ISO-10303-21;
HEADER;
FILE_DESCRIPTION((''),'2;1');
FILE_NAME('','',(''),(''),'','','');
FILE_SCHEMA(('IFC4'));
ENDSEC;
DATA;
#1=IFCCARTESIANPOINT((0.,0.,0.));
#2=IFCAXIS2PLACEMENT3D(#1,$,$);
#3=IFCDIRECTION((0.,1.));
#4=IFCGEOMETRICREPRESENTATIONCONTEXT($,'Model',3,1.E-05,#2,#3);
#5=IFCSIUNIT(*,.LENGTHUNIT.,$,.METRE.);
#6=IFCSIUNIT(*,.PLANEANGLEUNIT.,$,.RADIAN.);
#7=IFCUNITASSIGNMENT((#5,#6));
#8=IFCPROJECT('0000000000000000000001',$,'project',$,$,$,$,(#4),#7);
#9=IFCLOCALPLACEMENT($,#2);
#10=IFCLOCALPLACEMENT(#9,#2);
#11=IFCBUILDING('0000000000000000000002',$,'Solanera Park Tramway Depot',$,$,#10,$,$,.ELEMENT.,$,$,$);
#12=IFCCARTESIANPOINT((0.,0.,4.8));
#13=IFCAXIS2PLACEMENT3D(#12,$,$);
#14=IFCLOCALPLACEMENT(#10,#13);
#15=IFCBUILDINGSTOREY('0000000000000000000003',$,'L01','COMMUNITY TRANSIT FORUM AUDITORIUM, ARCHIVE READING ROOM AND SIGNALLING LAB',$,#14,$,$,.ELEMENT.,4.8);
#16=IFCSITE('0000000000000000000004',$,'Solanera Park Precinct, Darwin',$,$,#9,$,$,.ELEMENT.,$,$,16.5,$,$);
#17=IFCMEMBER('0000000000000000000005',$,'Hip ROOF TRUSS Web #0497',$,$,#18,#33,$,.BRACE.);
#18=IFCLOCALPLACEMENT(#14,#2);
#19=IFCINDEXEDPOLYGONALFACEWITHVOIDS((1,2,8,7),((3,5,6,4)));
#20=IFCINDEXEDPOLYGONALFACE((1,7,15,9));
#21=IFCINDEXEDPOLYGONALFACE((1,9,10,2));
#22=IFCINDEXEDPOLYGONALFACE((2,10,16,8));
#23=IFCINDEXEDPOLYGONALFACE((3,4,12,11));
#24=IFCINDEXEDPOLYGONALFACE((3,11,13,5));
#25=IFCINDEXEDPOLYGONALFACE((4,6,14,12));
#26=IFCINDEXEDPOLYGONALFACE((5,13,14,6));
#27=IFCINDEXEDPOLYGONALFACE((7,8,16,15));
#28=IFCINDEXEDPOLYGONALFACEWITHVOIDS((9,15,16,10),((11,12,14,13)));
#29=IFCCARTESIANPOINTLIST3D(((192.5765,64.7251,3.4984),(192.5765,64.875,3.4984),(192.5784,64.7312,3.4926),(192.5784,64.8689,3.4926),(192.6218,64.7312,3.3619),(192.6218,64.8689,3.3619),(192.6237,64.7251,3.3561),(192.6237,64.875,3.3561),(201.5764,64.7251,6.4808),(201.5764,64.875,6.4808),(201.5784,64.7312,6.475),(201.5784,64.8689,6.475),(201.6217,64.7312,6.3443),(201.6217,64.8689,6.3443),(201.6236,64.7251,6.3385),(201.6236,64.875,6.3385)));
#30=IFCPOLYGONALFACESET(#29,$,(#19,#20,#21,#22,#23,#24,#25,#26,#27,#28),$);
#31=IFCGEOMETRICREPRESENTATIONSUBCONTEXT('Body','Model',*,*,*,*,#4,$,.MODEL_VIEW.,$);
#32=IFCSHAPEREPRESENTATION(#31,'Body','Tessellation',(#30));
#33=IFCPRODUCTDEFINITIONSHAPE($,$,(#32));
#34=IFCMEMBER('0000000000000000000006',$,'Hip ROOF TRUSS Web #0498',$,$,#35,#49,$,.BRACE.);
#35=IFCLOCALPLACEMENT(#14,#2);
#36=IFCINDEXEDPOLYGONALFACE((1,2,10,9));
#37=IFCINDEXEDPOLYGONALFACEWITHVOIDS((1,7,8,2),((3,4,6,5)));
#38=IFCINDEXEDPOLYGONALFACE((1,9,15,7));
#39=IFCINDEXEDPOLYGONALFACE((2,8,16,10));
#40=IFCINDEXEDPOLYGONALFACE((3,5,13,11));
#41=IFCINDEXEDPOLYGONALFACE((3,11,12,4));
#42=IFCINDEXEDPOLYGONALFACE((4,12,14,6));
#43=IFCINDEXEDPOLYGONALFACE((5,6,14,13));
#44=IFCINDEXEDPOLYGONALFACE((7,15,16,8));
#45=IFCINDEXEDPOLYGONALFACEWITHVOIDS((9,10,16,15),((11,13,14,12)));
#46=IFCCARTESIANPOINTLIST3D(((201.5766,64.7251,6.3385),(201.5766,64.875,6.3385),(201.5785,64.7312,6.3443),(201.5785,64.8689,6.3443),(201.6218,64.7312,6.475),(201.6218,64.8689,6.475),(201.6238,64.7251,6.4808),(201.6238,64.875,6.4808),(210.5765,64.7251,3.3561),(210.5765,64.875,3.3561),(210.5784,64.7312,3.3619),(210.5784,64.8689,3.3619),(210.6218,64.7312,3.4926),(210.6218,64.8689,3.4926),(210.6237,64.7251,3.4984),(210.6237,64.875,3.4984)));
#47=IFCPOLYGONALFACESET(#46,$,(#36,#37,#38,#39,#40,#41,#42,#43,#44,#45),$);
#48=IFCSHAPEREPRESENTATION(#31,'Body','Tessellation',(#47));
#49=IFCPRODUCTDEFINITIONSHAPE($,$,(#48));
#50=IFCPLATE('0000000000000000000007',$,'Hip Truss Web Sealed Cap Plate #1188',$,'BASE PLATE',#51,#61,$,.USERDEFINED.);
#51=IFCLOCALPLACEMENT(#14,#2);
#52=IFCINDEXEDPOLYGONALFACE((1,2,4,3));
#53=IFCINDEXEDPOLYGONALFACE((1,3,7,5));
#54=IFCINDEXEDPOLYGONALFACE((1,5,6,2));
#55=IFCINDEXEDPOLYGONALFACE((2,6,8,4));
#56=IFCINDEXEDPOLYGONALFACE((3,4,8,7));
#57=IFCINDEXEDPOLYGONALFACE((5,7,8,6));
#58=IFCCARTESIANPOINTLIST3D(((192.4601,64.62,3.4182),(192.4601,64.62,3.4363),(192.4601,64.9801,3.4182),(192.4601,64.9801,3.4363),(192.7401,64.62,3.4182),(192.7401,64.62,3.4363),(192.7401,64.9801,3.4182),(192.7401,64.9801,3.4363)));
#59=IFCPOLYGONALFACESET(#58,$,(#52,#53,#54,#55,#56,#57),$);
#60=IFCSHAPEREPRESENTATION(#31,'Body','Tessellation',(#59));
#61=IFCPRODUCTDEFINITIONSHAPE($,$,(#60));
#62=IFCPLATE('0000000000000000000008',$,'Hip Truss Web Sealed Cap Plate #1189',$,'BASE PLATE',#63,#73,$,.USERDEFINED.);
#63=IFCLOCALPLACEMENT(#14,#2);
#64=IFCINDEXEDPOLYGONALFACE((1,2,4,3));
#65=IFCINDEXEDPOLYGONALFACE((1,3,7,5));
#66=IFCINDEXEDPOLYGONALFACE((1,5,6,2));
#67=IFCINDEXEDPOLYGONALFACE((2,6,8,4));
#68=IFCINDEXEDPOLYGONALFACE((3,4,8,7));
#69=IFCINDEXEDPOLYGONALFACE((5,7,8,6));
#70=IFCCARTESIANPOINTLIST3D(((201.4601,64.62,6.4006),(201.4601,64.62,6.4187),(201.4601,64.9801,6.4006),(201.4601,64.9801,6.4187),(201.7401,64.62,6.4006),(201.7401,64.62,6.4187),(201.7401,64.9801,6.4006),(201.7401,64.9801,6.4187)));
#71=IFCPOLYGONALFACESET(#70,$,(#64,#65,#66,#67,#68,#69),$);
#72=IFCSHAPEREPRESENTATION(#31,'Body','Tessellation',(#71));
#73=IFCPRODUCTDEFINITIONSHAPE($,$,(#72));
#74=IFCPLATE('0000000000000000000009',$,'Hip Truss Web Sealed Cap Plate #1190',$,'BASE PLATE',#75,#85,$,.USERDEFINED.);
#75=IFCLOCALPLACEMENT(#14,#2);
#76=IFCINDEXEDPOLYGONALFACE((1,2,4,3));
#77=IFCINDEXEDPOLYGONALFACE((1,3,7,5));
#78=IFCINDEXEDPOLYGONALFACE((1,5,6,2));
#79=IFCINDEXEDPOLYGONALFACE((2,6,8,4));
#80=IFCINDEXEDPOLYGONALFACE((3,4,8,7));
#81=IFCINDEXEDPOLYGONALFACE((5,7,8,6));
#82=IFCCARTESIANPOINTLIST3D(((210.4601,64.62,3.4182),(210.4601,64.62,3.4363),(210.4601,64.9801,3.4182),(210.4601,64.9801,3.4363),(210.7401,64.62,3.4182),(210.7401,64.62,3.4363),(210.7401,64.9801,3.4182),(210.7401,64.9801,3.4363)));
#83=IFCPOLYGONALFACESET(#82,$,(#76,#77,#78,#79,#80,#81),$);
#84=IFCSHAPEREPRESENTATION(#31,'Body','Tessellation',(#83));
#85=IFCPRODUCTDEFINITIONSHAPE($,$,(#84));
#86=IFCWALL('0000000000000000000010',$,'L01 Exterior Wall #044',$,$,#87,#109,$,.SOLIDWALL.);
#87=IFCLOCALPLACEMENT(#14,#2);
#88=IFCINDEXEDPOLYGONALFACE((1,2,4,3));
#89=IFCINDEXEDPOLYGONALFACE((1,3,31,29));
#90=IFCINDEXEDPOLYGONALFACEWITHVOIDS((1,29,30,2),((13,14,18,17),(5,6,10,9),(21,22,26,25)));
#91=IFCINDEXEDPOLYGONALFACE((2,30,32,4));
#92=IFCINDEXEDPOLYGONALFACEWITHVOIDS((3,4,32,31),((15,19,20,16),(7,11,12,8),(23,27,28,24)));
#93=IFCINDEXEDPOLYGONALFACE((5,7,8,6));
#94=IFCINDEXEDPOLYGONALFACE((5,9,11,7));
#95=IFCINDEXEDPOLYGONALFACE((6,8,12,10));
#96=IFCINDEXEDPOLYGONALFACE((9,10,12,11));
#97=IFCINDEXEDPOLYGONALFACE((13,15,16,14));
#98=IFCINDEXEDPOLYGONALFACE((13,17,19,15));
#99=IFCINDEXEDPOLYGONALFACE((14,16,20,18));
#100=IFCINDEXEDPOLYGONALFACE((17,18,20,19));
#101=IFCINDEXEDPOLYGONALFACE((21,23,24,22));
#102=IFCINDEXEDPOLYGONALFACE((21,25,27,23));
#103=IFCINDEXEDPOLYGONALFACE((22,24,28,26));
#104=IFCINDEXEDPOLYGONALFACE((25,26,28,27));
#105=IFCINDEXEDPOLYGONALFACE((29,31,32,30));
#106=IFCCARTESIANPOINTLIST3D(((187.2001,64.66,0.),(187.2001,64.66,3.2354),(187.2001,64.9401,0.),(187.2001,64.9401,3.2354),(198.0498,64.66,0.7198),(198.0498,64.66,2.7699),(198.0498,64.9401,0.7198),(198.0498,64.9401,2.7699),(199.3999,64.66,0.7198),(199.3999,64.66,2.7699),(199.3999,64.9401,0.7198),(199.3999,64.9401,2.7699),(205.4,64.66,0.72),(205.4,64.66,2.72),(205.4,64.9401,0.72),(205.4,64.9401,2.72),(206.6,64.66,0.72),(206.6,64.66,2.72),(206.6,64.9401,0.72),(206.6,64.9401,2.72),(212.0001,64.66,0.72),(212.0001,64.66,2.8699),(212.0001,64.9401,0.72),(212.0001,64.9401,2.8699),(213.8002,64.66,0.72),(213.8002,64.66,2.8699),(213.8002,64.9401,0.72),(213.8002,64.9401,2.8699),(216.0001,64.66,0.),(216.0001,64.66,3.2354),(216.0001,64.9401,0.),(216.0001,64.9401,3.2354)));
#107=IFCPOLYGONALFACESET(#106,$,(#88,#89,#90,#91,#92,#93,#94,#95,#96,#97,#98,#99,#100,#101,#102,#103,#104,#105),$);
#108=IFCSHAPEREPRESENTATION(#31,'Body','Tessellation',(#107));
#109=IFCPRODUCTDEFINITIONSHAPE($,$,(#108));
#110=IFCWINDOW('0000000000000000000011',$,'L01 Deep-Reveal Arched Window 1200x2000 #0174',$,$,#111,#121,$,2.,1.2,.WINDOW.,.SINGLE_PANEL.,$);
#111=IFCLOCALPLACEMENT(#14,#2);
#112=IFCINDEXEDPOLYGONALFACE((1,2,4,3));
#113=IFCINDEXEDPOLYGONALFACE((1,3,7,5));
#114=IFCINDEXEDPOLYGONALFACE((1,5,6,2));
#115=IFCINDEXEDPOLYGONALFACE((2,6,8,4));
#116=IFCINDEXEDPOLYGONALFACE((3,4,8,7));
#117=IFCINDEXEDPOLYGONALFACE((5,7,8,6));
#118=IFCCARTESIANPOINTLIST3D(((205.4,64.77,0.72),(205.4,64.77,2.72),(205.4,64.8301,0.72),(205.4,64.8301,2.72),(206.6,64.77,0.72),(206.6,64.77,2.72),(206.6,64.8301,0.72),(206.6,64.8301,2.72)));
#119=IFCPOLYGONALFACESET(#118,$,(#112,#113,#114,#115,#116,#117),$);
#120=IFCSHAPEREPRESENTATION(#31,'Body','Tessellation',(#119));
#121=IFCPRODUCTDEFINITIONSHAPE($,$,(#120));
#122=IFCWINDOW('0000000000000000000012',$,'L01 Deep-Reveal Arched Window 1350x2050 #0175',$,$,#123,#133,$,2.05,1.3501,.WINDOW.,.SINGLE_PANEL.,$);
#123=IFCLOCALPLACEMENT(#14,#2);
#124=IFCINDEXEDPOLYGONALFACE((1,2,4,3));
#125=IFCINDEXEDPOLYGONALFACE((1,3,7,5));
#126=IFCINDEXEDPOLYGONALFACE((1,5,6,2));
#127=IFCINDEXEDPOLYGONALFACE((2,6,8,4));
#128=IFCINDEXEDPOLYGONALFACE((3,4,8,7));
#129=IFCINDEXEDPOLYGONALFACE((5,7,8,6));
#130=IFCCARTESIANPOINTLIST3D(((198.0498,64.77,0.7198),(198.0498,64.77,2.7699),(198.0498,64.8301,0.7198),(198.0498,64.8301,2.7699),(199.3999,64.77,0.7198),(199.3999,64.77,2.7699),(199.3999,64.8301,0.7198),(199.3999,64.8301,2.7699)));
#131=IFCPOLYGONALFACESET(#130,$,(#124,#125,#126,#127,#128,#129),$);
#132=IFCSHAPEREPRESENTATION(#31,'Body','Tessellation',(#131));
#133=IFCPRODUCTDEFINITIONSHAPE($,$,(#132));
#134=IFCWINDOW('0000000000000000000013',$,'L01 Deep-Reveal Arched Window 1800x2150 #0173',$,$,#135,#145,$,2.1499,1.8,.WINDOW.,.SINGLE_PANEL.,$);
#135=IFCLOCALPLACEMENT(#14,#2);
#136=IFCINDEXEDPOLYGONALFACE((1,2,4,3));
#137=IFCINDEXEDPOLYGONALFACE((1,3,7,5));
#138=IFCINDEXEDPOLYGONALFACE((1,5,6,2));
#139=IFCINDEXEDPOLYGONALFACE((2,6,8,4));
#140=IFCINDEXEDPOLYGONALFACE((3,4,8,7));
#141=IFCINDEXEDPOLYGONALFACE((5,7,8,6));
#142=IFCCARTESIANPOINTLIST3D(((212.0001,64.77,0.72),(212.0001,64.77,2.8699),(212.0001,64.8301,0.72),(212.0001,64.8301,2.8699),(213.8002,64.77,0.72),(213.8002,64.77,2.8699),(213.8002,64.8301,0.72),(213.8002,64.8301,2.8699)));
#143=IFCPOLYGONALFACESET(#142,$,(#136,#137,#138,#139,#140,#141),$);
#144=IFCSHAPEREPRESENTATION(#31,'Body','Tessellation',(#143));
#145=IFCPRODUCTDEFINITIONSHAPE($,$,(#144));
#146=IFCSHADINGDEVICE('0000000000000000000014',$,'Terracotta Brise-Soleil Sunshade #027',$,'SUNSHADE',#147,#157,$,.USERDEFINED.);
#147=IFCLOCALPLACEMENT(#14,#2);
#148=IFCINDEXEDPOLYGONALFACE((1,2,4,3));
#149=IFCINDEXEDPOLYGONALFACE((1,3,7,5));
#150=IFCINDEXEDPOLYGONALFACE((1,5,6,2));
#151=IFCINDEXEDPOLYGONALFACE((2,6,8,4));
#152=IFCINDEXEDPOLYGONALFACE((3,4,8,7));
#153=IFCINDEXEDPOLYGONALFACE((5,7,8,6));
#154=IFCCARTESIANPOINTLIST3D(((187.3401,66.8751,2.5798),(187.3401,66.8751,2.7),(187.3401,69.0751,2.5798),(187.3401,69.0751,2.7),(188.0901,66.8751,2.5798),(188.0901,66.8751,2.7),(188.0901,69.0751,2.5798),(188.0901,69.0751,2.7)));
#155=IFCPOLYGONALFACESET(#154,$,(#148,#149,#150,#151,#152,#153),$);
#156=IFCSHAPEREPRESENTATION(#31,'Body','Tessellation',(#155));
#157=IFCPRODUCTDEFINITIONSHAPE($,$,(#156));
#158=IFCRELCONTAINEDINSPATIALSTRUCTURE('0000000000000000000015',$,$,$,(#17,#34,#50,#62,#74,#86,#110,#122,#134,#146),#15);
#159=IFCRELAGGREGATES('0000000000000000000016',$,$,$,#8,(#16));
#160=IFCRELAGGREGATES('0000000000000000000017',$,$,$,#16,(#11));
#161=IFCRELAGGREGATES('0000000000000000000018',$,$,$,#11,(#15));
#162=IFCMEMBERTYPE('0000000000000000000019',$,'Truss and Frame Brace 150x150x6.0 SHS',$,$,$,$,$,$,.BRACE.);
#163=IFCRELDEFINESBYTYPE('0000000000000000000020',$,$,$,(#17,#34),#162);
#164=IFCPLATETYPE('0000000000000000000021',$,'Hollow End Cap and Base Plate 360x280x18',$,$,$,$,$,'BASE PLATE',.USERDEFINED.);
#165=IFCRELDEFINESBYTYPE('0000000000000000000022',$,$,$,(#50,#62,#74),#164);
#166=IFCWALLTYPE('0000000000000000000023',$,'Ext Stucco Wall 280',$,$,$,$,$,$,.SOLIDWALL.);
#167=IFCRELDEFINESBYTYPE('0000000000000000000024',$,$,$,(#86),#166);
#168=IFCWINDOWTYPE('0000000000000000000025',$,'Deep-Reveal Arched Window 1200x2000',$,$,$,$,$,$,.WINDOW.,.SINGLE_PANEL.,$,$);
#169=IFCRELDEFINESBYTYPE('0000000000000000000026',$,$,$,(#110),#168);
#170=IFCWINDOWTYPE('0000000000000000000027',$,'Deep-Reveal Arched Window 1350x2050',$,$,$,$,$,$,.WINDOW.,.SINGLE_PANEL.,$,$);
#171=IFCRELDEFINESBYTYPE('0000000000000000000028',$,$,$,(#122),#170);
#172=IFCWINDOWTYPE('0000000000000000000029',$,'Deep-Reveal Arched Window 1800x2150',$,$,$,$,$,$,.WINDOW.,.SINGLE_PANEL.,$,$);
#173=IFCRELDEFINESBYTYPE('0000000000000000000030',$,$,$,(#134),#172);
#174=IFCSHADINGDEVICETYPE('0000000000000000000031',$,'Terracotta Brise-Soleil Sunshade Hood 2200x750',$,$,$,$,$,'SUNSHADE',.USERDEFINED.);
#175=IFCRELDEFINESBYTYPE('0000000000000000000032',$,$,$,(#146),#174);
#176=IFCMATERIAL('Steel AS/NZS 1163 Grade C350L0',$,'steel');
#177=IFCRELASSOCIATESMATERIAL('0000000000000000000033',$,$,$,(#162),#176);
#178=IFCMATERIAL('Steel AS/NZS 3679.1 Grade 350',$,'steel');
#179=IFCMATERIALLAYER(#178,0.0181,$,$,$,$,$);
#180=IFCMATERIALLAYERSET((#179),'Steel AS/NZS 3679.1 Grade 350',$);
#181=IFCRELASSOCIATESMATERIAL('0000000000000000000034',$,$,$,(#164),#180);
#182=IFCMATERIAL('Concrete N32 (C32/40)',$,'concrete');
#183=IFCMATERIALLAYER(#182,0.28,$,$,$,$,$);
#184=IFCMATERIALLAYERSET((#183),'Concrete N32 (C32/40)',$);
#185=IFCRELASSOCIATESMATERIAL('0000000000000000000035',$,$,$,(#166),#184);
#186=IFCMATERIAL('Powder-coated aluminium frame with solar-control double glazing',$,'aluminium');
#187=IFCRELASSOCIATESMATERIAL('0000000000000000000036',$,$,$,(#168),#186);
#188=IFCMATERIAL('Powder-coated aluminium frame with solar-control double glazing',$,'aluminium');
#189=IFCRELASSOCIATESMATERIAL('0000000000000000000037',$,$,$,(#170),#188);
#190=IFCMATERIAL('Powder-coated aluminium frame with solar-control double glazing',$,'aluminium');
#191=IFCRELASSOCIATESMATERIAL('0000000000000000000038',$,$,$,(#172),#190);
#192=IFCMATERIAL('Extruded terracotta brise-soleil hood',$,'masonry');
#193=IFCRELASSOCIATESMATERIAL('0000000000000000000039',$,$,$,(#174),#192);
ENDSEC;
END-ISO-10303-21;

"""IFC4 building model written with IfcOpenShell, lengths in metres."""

from ifc_helpers import new_model, si_unit, direction, frame, frame_2d, origin, origin_2d, place, context, subcontext, project, spatial, rectangle, hollow_rectangle, extrude, material, layer, layer_set, material_profile, profile_set, type_object, element, fill, save


model = new_model("IFC4")

# Units and contexts
model_context = context("Model", 3, precision=1e-05, world=origin(), true_north=direction((0.0, 1.0)))
body_context = subcontext(model_context, "Body", "Model", "MODEL_VIEW")
ifc_project = project(units=[si_unit("LENGTHUNIT", "METRE"), si_unit("PLANEANGLEUNIT", "RADIAN")], contexts=[model_context])

# Site, building, storey
site_placement = place(None, origin())
site = spatial("IfcSite", under=ifc_project, at=site_placement, Name="Solanera Park Precinct, Darwin", CompositionType="ELEMENT", RefElevation=16.5)
building_placement = place(site_placement, origin())
building = spatial("IfcBuilding", under=site, at=building_placement, Name="Solanera Park Tramway Depot", CompositionType="ELEMENT")
storey_placement = place(building_placement, frame((0.0, 0.0, 4.8)))
storey = spatial("IfcBuildingStorey", under=building, at=storey_placement, Name="L01", Description="COMMUNITY TRANSIT FORUM AUDITORIUM, ARCHIVE READING ROOM AND SIGNALLING LAB", CompositionType="ELEMENT", Elevation=4.8)

# Members
ifc_material_1 = material(Name="Steel AS/NZS 1163 Grade C350L0", Category="steel")
ifc_material_profile_1 = material_profile(ifc_material_1, hollow_rectangle(XDim=0.1499, YDim=0.1499, WallThickness=0.0061, at=origin_2d()), Name="150x150x6.0 SHS")
ifc_profile_set_1 = profile_set([ifc_material_profile_1], Name="Steel AS/NZS 1163 Grade C350L0")
member_type_1 = type_object("IfcMemberType", Name="Truss and Frame Brace 150x150x6.0 SHS", PredefinedType="BRACE", material=ifc_profile_set_1)
for number, where, z_axis, x_axis, name in (
    (1, (192.6001, 64.8, 3.4272), (0.949238, 0.0, 0.314559), (0.0, 1.0, 0.0), "Hip ROOF TRUSS Web #0497"),
    (2, (210.6001, 64.8, 3.4272), (-0.949238, 0.0, 0.314559), (0.0, -1.0, 0.0), "Hip ROOF TRUSS Web #0498"),
):
    element("IfcMember", number, at=place(storey_placement, frame(where, z_axis=z_axis, x_axis=x_axis)), inside=storey, type_object=member_type_1, Name=name, PredefinedType="BRACE", context=body_context, shape_type="SweptSolid", body=[
        extrude(hollow_rectangle(XDim=0.1499, YDim=0.1499, WallThickness=0.0061, at=origin_2d()), origin(), (0.0, 0.0, 1.0), 9.4812),
    ])

# Plates
ifc_material_2 = material(Name="Steel AS/NZS 3679.1 Grade 350", Category="steel")
ifc_layer_1 = layer(ifc_material_2, 0.0181)
ifc_layer_set_1 = layer_set([ifc_layer_1], Name="Steel AS/NZS 3679.1 Grade 350")
plate_type = type_object("IfcPlateType", Name="Hollow End Cap and Base Plate 360x280x18", ElementType="BASE PLATE", PredefinedType="USERDEFINED", material=ifc_layer_set_1)
for number, where, z_axis, x_axis, name in (
    (3, (192.6001, 64.8, 3.4182), (0.0, 0.0, 1.0), (1.0, 0.0, 0.0), "Hip Truss Web Sealed Cap Plate #1188"),
    (4, (201.6001, 64.8, 6.4006), (0.0, 0.0, 1.0), (1.0, 0.0, 0.0), "Hip Truss Web Sealed Cap Plate #1189"),
    (5, (210.6001, 64.8, 3.4182), (0.0, 0.0, 1.0), (1.0, 0.0, 0.0), "Hip Truss Web Sealed Cap Plate #1190"),
):
    element("IfcPlate", number, at=place(storey_placement, frame(where, z_axis=z_axis, x_axis=x_axis)), inside=storey, type_object=plate_type, Name=name, ObjectType="BASE PLATE", PredefinedType="USERDEFINED", context=body_context, shape_type="SweptSolid", body=[
        extrude(rectangle(XDim=0.28, YDim=0.3601, at=origin_2d()), origin(), (0.0, 0.0, 1.0), 0.0181),
    ])

# Wall, openings, windows
ifc_material_3 = material(Name="Concrete N32 (C32/40)", Category="concrete")
ifc_layer_2 = layer(ifc_material_3, 0.28)
ifc_layer_set_2 = layer_set([ifc_layer_2], Name="Concrete N32 (C32/40)")
wall_type = type_object("IfcWallType", Name="Ext Stucco Wall 280", PredefinedType="SOLIDWALL", material=ifc_layer_set_2)
wall_placement = place(storey_placement, frame((216.0, 64.8, 0.0), z_axis=(0.0, 0.0, 1.0), x_axis=(-1.0, 0.0, 0.0)))
wall = element("IfcWall", 6, at=wall_placement, inside=storey, type_object=wall_type, Name="L01 Exterior Wall #044", PredefinedType="SOLIDWALL", context=body_context, shape_type="SweptSolid", body=[
    extrude(rectangle(XDim=28.8, YDim=0.28, at=frame_2d((14.3999, 0.0))), origin(), (0.0, 0.0, 1.0), 3.2354),
])
opening_1_placement = place(wall_placement, frame((2.2, 0.0, 0.72)))
opening_1 = element("IfcOpeningElement", 7, at=opening_1_placement, cuts=wall, PredefinedType="OPENING", context=body_context, shape_type="SweptSolid", body=[
    extrude(rectangle(XDim=1.8, YDim=2.1499, at=frame_2d((0.8999, 1.075))), frame((0.0, 0.1499, 0.0), z_axis=(0.0, -1.0, 0.0), x_axis=(1.0, 0.0, 0.0)), (0.0, 0.0, 1.0), 0.3),
])
opening_2_placement = place(wall_placement, frame((9.3999, 0.0, 0.72)))
opening_2 = element("IfcOpeningElement", 8, at=opening_2_placement, cuts=wall, PredefinedType="OPENING", context=body_context, shape_type="SweptSolid", body=[
    extrude(rectangle(XDim=1.2, YDim=2.0, at=frame_2d((0.6001, 1.0))), frame((0.0, 0.1499, 0.0), z_axis=(0.0, -1.0, 0.0), x_axis=(1.0, 0.0, 0.0)), (0.0, 0.0, 1.0), 0.3),
])
opening_3_placement = place(wall_placement, frame((16.6001, 0.0, 0.72)))
opening_3 = element("IfcOpeningElement", 9, at=opening_3_placement, cuts=wall, PredefinedType="OPENING", context=body_context, shape_type="SweptSolid", body=[
    extrude(rectangle(XDim=1.3501, YDim=2.05, at=frame_2d((0.675, 1.0249))), frame((0.0, 0.1499, 0.0), z_axis=(0.0, -1.0, 0.0), x_axis=(1.0, 0.0, 0.0)), (0.0, 0.0, 1.0), 0.3),
])
ifc_material_4 = material(Name="Powder-coated aluminium frame with solar-control double glazing", Category="aluminium")
window_type_1 = type_object("IfcWindowType", Name="Deep-Reveal Arched Window 1200x2000", PartitioningType="SINGLE_PANEL", PredefinedType="WINDOW", material=ifc_material_4)
window_1_placement = place(opening_2_placement, origin())
window_1 = element("IfcWindow", 10, at=window_1_placement, inside=storey, type_object=window_type_1, Name="L01 Deep-Reveal Arched Window 1200x2000 #0174", OverallHeight=2.0, OverallWidth=1.2, PartitioningType="SINGLE_PANEL", PredefinedType="WINDOW", context=body_context, shape_type="SweptSolid", body=[
    extrude(rectangle(XDim=1.2, YDim=2.0, at=frame_2d((0.6001, 1.0))), frame((0.0, 0.03, 0.0), z_axis=(0.0, -1.0, 0.0), x_axis=(1.0, 0.0, 0.0)), (0.0, 0.0, 1.0), 0.0601),
])
fill(opening_2, window_1)
ifc_material_5 = material(Name="Powder-coated aluminium frame with solar-control double glazing", Category="aluminium")
window_type_2 = type_object("IfcWindowType", Name="Deep-Reveal Arched Window 1350x2050", PartitioningType="SINGLE_PANEL", PredefinedType="WINDOW", material=ifc_material_5)
window_2_placement = place(opening_3_placement, origin())
window_2 = element("IfcWindow", 11, at=window_2_placement, inside=storey, type_object=window_type_2, Name="L01 Deep-Reveal Arched Window 1350x2050 #0175", OverallHeight=2.05, OverallWidth=1.3501, PartitioningType="SINGLE_PANEL", PredefinedType="WINDOW", context=body_context, shape_type="SweptSolid", body=[
    extrude(rectangle(XDim=1.3501, YDim=2.05, at=frame_2d((0.675, 1.0249))), frame((0.0, 0.03, 0.0), z_axis=(0.0, -1.0, 0.0), x_axis=(1.0, 0.0, 0.0)), (0.0, 0.0, 1.0), 0.0601),
])
fill(opening_3, window_2)
ifc_material_6 = material(Name="Powder-coated aluminium frame with solar-control double glazing", Category="aluminium")
window_type_3 = type_object("IfcWindowType", Name="Deep-Reveal Arched Window 1800x2150", PartitioningType="SINGLE_PANEL", PredefinedType="WINDOW", material=ifc_material_6)
window_3_placement = place(opening_1_placement, origin())
window_3 = element("IfcWindow", 12, at=window_3_placement, inside=storey, type_object=window_type_3, Name="L01 Deep-Reveal Arched Window 1800x2150 #0173", OverallHeight=2.1499, OverallWidth=1.8, PartitioningType="SINGLE_PANEL", PredefinedType="WINDOW", context=body_context, shape_type="SweptSolid", body=[
    extrude(rectangle(XDim=1.8, YDim=2.1499, at=frame_2d((0.8999, 1.075))), frame((0.0, 0.03, 0.0), z_axis=(0.0, -1.0, 0.0), x_axis=(1.0, 0.0, 0.0)), (0.0, 0.0, 1.0), 0.0601),
])
fill(opening_1, window_3)

# Shading device
ifc_material_7 = material(Name="Extruded terracotta brise-soleil hood", Category="masonry")
shading_device_type = type_object("IfcShadingDeviceType", Name="Terracotta Brise-Soleil Sunshade Hood 2200x750", ElementType="SUNSHADE", PredefinedType="USERDEFINED", material=ifc_material_7)
shading_device_placement = place(storey_placement, frame((187.7151, 67.9751, 2.5798), z_axis=(0.0, 0.0, 1.0), x_axis=(0.0, 1.0, 0.0)))
element("IfcShadingDevice", 13, at=shading_device_placement, inside=storey, type_object=shading_device_type, Name="Terracotta Brise-Soleil Sunshade #027", ObjectType="SUNSHADE", PredefinedType="USERDEFINED", context=body_context, shape_type="SweptSolid", body=[
    extrude(rectangle(XDim=2.2, YDim=0.75, at=origin_2d()), origin(), (0.0, 0.0, 1.0), 0.1201),
])

save(model, "model.ifc")
